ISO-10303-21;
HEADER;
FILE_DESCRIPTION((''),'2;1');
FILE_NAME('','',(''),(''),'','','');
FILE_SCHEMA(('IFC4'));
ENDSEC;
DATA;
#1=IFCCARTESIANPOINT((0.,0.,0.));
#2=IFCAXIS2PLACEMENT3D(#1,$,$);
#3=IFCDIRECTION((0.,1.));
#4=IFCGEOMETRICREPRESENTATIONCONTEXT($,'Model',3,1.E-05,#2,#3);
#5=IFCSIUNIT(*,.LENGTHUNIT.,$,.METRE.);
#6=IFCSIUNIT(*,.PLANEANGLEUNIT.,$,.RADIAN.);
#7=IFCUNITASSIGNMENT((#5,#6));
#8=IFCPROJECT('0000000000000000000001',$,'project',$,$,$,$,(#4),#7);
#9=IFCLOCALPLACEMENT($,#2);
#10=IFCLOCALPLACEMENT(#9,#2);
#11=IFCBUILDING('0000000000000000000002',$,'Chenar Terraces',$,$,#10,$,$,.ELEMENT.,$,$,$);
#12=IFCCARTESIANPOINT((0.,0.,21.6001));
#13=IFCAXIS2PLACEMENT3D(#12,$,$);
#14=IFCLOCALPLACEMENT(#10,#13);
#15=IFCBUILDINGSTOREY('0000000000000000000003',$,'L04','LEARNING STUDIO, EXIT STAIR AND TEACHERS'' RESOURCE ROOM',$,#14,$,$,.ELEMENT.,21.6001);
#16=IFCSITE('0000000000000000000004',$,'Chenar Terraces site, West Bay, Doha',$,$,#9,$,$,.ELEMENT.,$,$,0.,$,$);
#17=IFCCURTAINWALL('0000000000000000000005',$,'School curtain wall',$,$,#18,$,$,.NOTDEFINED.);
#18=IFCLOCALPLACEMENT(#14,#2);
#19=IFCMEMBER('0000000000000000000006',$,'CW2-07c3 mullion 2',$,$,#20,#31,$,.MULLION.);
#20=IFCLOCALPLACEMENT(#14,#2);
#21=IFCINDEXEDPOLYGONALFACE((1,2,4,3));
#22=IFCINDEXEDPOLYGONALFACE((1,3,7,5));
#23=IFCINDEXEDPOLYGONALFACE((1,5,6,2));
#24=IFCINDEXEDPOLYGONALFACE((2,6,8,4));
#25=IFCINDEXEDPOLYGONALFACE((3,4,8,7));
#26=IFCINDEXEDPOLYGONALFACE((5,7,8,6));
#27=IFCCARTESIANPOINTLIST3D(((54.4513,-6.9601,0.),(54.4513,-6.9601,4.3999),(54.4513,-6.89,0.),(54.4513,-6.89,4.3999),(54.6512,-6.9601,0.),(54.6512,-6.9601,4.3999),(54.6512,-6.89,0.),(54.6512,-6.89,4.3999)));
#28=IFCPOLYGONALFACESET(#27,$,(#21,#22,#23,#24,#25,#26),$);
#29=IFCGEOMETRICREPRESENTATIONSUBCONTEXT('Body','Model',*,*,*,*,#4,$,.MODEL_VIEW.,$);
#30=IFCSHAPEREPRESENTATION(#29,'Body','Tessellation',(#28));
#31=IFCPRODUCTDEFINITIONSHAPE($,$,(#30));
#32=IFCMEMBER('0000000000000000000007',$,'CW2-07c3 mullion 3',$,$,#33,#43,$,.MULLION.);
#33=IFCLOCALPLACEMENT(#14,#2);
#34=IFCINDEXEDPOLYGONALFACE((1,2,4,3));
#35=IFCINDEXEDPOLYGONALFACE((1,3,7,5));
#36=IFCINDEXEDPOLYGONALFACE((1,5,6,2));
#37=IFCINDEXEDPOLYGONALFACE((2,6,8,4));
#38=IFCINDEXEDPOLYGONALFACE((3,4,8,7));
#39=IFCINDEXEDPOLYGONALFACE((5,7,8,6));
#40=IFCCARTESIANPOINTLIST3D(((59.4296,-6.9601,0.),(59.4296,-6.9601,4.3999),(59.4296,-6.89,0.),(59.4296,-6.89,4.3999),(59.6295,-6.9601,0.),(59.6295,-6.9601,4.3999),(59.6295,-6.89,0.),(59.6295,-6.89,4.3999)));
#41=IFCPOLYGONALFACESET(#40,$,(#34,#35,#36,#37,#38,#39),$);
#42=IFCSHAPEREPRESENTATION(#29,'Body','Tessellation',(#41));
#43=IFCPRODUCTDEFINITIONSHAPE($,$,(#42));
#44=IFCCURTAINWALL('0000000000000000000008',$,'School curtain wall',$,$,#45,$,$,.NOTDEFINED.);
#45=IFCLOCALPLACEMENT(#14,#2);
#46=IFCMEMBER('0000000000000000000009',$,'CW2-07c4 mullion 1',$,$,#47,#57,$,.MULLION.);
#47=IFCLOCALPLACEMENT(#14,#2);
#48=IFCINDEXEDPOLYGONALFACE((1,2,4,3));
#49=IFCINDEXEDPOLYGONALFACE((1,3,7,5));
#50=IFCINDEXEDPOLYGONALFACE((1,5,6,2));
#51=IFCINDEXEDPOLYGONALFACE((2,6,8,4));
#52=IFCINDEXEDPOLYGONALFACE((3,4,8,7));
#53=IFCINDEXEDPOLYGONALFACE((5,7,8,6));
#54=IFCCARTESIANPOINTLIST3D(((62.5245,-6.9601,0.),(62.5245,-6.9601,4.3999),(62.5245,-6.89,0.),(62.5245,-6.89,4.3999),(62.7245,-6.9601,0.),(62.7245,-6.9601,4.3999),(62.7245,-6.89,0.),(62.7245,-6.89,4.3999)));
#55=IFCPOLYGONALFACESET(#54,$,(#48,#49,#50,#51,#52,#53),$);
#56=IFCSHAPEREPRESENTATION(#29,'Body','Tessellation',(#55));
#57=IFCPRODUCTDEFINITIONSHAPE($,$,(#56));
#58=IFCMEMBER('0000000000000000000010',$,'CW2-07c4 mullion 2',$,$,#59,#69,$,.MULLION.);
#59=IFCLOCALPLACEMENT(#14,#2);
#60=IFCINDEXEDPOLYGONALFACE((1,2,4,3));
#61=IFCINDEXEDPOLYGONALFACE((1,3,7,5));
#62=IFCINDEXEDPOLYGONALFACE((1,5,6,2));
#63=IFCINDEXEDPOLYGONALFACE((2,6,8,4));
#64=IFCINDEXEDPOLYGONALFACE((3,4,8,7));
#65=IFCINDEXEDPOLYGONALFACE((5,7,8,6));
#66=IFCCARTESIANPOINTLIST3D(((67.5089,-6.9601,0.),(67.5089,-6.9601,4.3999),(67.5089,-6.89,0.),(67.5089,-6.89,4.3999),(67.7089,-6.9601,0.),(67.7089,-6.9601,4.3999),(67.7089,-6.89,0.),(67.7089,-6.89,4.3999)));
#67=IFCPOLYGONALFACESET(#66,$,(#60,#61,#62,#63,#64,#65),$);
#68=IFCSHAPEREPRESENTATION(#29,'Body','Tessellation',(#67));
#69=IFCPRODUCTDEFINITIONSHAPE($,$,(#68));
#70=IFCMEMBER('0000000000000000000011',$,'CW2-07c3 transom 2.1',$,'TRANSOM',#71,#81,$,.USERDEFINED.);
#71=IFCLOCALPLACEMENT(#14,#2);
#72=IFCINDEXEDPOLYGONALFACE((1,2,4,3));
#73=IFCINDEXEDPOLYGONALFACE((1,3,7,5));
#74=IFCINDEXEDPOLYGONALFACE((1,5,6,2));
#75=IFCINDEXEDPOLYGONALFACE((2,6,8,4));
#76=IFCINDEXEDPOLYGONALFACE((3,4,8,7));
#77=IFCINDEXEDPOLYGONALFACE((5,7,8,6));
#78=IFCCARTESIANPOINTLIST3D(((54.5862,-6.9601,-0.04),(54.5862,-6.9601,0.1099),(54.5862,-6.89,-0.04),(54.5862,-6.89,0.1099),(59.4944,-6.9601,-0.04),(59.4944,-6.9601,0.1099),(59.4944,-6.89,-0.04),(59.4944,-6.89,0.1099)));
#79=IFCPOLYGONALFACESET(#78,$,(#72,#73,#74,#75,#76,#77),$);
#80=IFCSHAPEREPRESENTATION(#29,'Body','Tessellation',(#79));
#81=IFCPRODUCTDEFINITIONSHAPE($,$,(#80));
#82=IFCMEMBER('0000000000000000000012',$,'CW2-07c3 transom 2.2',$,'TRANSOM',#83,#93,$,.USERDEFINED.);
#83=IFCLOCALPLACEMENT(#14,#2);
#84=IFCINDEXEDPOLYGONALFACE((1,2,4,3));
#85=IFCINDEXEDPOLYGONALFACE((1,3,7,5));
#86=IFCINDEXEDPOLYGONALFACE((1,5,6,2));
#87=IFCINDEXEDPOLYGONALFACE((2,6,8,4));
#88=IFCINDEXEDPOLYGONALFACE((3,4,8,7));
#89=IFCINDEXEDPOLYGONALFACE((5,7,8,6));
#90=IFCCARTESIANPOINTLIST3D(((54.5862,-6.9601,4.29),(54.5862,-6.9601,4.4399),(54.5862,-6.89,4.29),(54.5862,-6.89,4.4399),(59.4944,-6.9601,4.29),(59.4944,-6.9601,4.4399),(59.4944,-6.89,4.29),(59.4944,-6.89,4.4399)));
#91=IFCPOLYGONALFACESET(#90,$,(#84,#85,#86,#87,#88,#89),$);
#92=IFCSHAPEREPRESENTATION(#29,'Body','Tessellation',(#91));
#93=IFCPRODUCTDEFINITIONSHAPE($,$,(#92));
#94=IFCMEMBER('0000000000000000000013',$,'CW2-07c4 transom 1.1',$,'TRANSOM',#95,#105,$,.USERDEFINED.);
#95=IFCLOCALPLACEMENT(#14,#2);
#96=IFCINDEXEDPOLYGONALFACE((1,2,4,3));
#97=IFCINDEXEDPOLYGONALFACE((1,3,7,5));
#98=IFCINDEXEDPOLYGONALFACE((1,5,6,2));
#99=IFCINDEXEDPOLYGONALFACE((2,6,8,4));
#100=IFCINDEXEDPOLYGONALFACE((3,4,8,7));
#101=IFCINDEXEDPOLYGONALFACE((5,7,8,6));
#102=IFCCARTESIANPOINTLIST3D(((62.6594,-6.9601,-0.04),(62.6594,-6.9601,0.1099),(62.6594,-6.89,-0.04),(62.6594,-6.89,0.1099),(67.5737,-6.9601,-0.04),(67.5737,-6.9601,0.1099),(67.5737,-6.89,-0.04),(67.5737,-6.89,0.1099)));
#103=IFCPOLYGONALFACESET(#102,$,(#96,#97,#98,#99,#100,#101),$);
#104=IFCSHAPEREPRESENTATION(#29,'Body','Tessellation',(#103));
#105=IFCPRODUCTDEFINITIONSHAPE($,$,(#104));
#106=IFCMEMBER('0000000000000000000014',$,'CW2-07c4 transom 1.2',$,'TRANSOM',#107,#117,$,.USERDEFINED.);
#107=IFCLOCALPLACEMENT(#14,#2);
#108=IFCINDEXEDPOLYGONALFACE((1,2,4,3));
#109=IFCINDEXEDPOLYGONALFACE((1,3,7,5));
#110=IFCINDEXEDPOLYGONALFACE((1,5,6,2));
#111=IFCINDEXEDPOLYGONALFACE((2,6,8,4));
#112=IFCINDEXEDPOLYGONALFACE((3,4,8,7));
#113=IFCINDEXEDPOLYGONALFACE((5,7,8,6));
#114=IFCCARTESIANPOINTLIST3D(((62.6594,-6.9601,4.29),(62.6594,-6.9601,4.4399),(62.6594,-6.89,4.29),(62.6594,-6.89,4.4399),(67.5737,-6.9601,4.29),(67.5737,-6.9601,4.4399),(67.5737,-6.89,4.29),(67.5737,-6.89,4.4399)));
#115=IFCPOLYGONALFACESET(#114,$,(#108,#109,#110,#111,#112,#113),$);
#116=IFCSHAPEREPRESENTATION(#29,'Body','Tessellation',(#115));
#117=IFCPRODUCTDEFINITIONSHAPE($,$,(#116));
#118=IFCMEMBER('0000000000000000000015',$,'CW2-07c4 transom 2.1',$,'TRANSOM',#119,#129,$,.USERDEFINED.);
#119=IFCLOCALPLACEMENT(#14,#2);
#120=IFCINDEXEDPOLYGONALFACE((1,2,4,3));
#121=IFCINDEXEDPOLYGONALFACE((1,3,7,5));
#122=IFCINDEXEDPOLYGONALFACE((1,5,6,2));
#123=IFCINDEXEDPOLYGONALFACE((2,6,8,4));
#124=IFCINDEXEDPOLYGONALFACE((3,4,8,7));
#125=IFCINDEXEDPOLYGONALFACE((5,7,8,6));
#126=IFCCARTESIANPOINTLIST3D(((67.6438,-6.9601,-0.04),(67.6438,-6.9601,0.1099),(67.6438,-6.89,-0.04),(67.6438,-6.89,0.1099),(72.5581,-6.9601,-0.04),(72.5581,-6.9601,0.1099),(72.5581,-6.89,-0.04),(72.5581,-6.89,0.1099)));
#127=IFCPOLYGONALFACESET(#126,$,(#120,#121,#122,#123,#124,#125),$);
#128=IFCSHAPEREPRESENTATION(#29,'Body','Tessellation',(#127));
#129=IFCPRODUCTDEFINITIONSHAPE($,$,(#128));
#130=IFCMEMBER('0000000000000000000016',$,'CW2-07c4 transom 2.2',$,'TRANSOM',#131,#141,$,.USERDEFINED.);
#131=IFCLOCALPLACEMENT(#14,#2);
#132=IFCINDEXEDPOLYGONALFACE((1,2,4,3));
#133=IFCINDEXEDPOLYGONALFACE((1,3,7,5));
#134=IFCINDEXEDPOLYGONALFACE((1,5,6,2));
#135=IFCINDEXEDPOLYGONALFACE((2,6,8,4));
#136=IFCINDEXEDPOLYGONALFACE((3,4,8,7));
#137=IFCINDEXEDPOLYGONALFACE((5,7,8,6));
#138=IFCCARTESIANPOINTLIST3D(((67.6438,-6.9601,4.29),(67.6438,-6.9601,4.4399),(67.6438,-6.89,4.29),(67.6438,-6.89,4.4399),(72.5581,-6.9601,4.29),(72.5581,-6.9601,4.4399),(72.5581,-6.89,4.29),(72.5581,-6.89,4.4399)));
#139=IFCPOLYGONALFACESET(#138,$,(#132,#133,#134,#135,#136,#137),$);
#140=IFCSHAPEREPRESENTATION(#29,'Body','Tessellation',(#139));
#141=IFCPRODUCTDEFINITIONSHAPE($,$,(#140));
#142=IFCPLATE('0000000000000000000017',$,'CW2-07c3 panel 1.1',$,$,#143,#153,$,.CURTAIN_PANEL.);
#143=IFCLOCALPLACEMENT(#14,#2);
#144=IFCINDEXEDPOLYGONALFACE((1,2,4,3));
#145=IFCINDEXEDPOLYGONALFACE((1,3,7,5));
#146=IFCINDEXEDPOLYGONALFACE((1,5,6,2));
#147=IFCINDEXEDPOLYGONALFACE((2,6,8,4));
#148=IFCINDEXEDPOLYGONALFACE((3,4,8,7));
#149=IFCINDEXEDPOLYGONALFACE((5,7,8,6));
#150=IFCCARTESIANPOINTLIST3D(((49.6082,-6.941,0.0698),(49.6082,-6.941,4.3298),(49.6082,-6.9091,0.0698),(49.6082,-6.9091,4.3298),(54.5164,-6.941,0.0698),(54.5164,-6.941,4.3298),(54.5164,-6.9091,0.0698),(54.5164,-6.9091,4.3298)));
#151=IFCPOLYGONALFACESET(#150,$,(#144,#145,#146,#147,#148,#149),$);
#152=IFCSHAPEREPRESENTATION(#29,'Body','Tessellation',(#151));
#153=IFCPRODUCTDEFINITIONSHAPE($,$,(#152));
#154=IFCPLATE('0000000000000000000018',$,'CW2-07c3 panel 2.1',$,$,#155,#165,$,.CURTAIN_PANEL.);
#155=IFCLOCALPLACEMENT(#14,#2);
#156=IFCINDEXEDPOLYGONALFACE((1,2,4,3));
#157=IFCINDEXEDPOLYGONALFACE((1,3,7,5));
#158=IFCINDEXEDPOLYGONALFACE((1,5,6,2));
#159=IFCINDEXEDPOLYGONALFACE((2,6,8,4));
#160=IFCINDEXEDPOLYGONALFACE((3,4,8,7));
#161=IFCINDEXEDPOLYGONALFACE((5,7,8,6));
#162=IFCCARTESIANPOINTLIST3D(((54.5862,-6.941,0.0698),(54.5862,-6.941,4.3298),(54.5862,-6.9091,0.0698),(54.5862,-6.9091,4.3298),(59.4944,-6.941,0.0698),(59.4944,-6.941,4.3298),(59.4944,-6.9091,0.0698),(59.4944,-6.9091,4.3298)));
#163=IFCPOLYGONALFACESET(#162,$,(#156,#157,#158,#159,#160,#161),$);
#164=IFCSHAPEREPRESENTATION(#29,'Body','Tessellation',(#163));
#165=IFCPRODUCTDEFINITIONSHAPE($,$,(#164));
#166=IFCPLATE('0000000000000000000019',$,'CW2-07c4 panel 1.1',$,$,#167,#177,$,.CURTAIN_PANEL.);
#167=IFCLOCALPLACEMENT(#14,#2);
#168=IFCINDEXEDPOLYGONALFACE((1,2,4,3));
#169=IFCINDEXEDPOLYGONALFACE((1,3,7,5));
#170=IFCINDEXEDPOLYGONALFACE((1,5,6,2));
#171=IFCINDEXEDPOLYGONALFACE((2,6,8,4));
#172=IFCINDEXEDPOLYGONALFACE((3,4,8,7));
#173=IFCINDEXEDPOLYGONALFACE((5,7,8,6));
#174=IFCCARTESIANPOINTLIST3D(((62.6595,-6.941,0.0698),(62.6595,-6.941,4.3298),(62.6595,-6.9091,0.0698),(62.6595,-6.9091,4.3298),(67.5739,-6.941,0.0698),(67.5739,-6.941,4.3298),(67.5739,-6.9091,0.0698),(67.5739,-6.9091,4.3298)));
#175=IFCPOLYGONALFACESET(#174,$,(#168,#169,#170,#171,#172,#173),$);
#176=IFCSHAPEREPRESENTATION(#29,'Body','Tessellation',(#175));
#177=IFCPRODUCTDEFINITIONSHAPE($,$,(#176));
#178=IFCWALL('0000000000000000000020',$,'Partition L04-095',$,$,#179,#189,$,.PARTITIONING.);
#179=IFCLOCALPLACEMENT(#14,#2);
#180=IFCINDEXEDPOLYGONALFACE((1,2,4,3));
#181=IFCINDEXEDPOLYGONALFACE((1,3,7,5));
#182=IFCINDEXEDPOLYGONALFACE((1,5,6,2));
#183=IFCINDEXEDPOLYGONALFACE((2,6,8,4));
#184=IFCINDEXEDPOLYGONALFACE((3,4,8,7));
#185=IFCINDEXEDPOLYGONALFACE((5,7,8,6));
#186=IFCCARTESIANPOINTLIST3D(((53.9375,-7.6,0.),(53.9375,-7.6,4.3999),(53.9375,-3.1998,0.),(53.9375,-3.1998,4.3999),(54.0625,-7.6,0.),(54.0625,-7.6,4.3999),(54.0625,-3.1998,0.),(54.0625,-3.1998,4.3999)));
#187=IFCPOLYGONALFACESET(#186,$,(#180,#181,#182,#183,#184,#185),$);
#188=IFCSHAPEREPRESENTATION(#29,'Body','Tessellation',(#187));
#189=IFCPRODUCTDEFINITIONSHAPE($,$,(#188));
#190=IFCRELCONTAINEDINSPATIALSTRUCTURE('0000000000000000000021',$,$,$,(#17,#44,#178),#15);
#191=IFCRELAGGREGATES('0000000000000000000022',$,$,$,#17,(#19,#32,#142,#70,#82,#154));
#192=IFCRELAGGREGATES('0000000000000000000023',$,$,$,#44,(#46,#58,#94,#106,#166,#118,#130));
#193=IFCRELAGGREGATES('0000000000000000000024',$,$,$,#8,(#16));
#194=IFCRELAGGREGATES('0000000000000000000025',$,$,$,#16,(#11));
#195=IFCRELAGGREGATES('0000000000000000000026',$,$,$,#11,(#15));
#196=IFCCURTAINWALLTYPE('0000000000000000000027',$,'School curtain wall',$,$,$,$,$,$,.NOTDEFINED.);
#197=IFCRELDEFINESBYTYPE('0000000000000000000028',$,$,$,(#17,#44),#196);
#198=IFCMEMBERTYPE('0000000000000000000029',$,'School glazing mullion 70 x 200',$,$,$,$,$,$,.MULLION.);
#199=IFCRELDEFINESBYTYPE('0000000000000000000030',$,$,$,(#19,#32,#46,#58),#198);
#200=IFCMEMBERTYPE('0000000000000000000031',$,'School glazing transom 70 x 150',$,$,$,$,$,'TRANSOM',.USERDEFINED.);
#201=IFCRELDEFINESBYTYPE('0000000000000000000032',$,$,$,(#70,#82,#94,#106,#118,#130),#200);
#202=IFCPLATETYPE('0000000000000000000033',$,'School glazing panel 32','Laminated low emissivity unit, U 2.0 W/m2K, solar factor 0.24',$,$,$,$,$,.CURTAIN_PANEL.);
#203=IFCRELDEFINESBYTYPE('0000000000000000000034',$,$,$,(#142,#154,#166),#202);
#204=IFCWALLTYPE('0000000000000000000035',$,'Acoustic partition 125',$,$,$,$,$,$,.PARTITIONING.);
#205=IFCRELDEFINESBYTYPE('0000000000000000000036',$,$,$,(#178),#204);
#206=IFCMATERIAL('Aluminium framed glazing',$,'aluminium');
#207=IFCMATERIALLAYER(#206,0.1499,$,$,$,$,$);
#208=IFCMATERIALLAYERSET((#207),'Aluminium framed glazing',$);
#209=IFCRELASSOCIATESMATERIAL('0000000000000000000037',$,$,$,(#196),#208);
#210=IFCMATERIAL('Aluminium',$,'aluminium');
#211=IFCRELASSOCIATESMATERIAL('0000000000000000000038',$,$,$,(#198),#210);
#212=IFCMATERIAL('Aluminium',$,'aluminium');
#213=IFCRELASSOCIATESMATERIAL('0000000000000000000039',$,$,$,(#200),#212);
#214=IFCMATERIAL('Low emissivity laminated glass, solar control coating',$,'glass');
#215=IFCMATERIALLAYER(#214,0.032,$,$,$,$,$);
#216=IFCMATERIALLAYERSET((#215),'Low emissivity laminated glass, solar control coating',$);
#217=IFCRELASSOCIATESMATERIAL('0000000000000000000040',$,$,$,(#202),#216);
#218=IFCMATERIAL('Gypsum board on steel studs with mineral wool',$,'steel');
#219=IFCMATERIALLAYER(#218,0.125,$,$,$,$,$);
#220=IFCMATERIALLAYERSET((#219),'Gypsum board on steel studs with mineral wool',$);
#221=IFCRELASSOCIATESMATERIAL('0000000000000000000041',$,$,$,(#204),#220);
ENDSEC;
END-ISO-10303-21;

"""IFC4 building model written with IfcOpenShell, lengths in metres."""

from ifc_helpers import new_model, si_unit, direction, frame, frame_2d, origin, origin_2d, place, context, subcontext, project, spatial, rectangle, extrude, material, layer, layer_set, material_profile, profile_set, type_object, element, aggregate, save


model = new_model("IFC4")

# Units and contexts
model_context = context("Model", 3, precision=1e-05, world=origin(), true_north=direction((0.0, 1.0)))
body_context = subcontext(model_context, "Body", "Model", "MODEL_VIEW")
ifc_project = project(units=[si_unit("LENGTHUNIT", "METRE"), si_unit("PLANEANGLEUNIT", "RADIAN")], contexts=[model_context])

# Site, building, storey
site_placement = place(None, origin())
site = spatial("IfcSite", under=ifc_project, at=site_placement, Name="Chenar Terraces site, West Bay, Doha", CompositionType="ELEMENT", RefElevation=0.0)
building_placement = place(site_placement, origin())
building = spatial("IfcBuilding", under=site, at=building_placement, Name="Chenar Terraces", CompositionType="ELEMENT")
storey_placement = place(building_placement, frame((0.0, 0.0, 21.6001)))
storey = spatial("IfcBuildingStorey", under=building, at=storey_placement, Name="L04", Description="LEARNING STUDIO, EXIT STAIR AND TEACHERS' RESOURCE ROOM", CompositionType="ELEMENT", Elevation=21.6001)

# Curtain walls, members
ifc_material_1 = material(Name="Aluminium framed glazing", Category="aluminium")
ifc_layer_1 = layer(ifc_material_1, 0.1499)
ifc_layer_set_1 = layer_set([ifc_layer_1], Name="Aluminium framed glazing")
curtain_wall_type = type_object("IfcCurtainWallType", Name="School curtain wall", PredefinedType="NOTDEFINED", material=ifc_layer_set_1)
placement = place(storey_placement, origin())
curtain_wall_1 = element("IfcCurtainWall", 1, at=placement, inside=storey, type_object=curtain_wall_type, Name="School curtain wall", PredefinedType="NOTDEFINED")
ifc_material_2 = material(Name="Aluminium", Category="aluminium")
ifc_material_profile_1 = material_profile(ifc_material_2, rectangle(XDim=0.0701, YDim=0.2, at=origin_2d()), Name="School glazing mullion 70 x 200")
ifc_profile_set_1 = profile_set([ifc_material_profile_1], Name="Aluminium")
member_type_1 = type_object("IfcMemberType", Name="School glazing mullion 70 x 200", PredefinedType="MULLION", material=ifc_profile_set_1)
member_1_placement = place(storey_placement, frame((54.5513, -6.925, 0.0), z_axis=(0.0, 0.0, 1.0), x_axis=(0.0, 1.0, 0.0)))
member_1 = element("IfcMember", 2, at=member_1_placement, type_object=member_type_1, Name="CW2-07c3 mullion 2", PredefinedType="MULLION", context=body_context, shape_type="SweptSolid", body=[
    extrude(rectangle(XDim=0.0701, YDim=0.2, at=origin_2d()), origin(), (0.0, 0.0, 1.0), 4.3999),
])
member_2_placement = place(storey_placement, frame((59.5295, -6.925, 0.0), z_axis=(0.0, 0.0, 1.0), x_axis=(0.0, 1.0, 0.0)))
member_2 = element("IfcMember", 3, at=member_2_placement, type_object=member_type_1, Name="CW2-07c3 mullion 3", PredefinedType="MULLION", context=body_context, shape_type="SweptSolid", body=[
    extrude(rectangle(XDim=0.0701, YDim=0.2, at=origin_2d()), origin(), (0.0, 0.0, 1.0), 4.3999),
])
curtain_wall_2 = element("IfcCurtainWall", 4, at=placement, inside=storey, type_object=curtain_wall_type, Name="School curtain wall", PredefinedType="NOTDEFINED")
member_3_placement = place(storey_placement, frame((62.6245, -6.925, 0.0), z_axis=(0.0, 0.0, 1.0), x_axis=(0.0, 1.0, 0.0)))
member_3 = element("IfcMember", 5, at=member_3_placement, type_object=member_type_1, Name="CW2-07c4 mullion 1", PredefinedType="MULLION", context=body_context, shape_type="SweptSolid", body=[
    extrude(rectangle(XDim=0.0701, YDim=0.2, at=origin_2d()), origin(), (0.0, 0.0, 1.0), 4.3999),
])
member_4_placement = place(storey_placement, frame((67.6089, -6.925, 0.0), z_axis=(0.0, 0.0, 1.0), x_axis=(0.0, 1.0, 0.0)))
member_4 = element("IfcMember", 6, at=member_4_placement, type_object=member_type_1, Name="CW2-07c4 mullion 2", PredefinedType="MULLION", context=body_context, shape_type="SweptSolid", body=[
    extrude(rectangle(XDim=0.0701, YDim=0.2, at=origin_2d()), origin(), (0.0, 0.0, 1.0), 4.3999),
])

# Members
ifc_material_3 = material(Name="Aluminium", Category="aluminium")
ifc_material_profile_2 = material_profile(ifc_material_3, rectangle(XDim=0.0701, YDim=0.1499, at=origin_2d()), Name="School glazing transom 70 x 150")
ifc_profile_set_2 = profile_set([ifc_material_profile_2], Name="Aluminium")
member_type_2 = type_object("IfcMemberType", Name="School glazing transom 70 x 150", ElementType="TRANSOM", PredefinedType="USERDEFINED", material=ifc_profile_set_2)
member_5_placement = place(storey_placement, frame((54.5862, -6.925, 0.0349), z_axis=(1.0, 0.0, 0.0), x_axis=(0.0, 1.0, 0.0)))
member_5 = element("IfcMember", 7, at=member_5_placement, type_object=member_type_2, Name="CW2-07c3 transom 2.1", ObjectType="TRANSOM", PredefinedType="USERDEFINED", context=body_context, shape_type="SweptSolid", body=[
    extrude(rectangle(XDim=0.0701, YDim=0.1499, at=origin_2d()), origin(), (0.0, 0.0, 1.0), 4.9082),
])
member_6_placement = place(storey_placement, frame((54.5862, -6.925, 4.365), z_axis=(1.0, 0.0, 0.0), x_axis=(0.0, 1.0, 0.0)))
member_6 = element("IfcMember", 8, at=member_6_placement, type_object=member_type_2, Name="CW2-07c3 transom 2.2", ObjectType="TRANSOM", PredefinedType="USERDEFINED", context=body_context, shape_type="SweptSolid", body=[
    extrude(rectangle(XDim=0.0701, YDim=0.1499, at=origin_2d()), origin(), (0.0, 0.0, 1.0), 4.9082),
])
member_7_placement = place(storey_placement, frame((62.6594, -6.925, 0.0349), z_axis=(1.0, 0.0, 0.0), x_axis=(0.0, 1.0, 0.0)))
member_7 = element("IfcMember", 9, at=member_7_placement, type_object=member_type_2, Name="CW2-07c4 transom 1.1", ObjectType="TRANSOM", PredefinedType="USERDEFINED", context=body_context, shape_type="SweptSolid", body=[
    extrude(rectangle(XDim=0.0701, YDim=0.1499, at=origin_2d()), origin(), (0.0, 0.0, 1.0), 4.9143),
])
member_8_placement = place(storey_placement, frame((62.6594, -6.925, 4.365), z_axis=(1.0, 0.0, 0.0), x_axis=(0.0, 1.0, 0.0)))
member_8 = element("IfcMember", 10, at=member_8_placement, type_object=member_type_2, Name="CW2-07c4 transom 1.2", ObjectType="TRANSOM", PredefinedType="USERDEFINED", context=body_context, shape_type="SweptSolid", body=[
    extrude(rectangle(XDim=0.0701, YDim=0.1499, at=origin_2d()), origin(), (0.0, 0.0, 1.0), 4.9143),
])
member_9_placement = place(storey_placement, frame((67.6438, -6.925, 0.0349), z_axis=(1.0, 0.0, 0.0), x_axis=(0.0, 1.0, 0.0)))
member_9 = element("IfcMember", 11, at=member_9_placement, type_object=member_type_2, Name="CW2-07c4 transom 2.1", ObjectType="TRANSOM", PredefinedType="USERDEFINED", context=body_context, shape_type="SweptSolid", body=[
    extrude(rectangle(XDim=0.0701, YDim=0.1499, at=origin_2d()), origin(), (0.0, 0.0, 1.0), 4.9143),
])
member_10_placement = place(storey_placement, frame((67.6438, -6.925, 4.365), z_axis=(1.0, 0.0, 0.0), x_axis=(0.0, 1.0, 0.0)))
member_10 = element("IfcMember", 12, at=member_10_placement, type_object=member_type_2, Name="CW2-07c4 transom 2.2", ObjectType="TRANSOM", PredefinedType="USERDEFINED", context=body_context, shape_type="SweptSolid", body=[
    extrude(rectangle(XDim=0.0701, YDim=0.1499, at=origin_2d()), origin(), (0.0, 0.0, 1.0), 4.9143),
])

# Plates
ifc_material_4 = material(Name="Low emissivity laminated glass, solar control coating", Category="glass")
ifc_layer_2 = layer(ifc_material_4, 0.032)
ifc_layer_set_2 = layer_set([ifc_layer_2], Name="Low emissivity laminated glass, solar control coating")
plate_type = type_object("IfcPlateType", Name="School glazing panel 32", Description="Laminated low emissivity unit, U 2.0 W/m2K, solar factor 0.24", PredefinedType="CURTAIN_PANEL", material=ifc_layer_set_2)
plate_1_placement = place(storey_placement, frame((52.0623, -6.925, 0.0698), z_axis=(0.0, 0.0, 1.0), x_axis=(1.0, 0.0, 0.0)))
plate_1 = element("IfcPlate", 13, at=plate_1_placement, type_object=plate_type, Name="CW2-07c3 panel 1.1", PredefinedType="CURTAIN_PANEL", context=body_context, shape_type="SweptSolid", body=[
    extrude(rectangle(XDim=4.9082, YDim=0.032, at=origin_2d()), origin(), (0.0, 0.0, 1.0), 4.26),
])
plate_2_placement = place(storey_placement, frame((57.0403, -6.925, 0.0698), z_axis=(0.0, 0.0, 1.0), x_axis=(1.0, 0.0, 0.0)))
plate_2 = element("IfcPlate", 14, at=plate_2_placement, type_object=plate_type, Name="CW2-07c3 panel 2.1", PredefinedType="CURTAIN_PANEL", context=body_context, shape_type="SweptSolid", body=[
    extrude(rectangle(XDim=4.9082, YDim=0.032, at=origin_2d()), origin(), (0.0, 0.0, 1.0), 4.26),
])
aggregate(curtain_wall_1, [member_1, member_2, plate_1, member_5, member_6, plate_2])
plate_3_placement = place(storey_placement, frame((65.1167, -6.925, 0.0698), z_axis=(0.0, 0.0, 1.0), x_axis=(1.0, 0.0, 0.0)))
plate_3 = element("IfcPlate", 15, at=plate_3_placement, type_object=plate_type, Name="CW2-07c4 panel 1.1", PredefinedType="CURTAIN_PANEL", context=body_context, shape_type="SweptSolid", body=[
    extrude(rectangle(XDim=4.9143, YDim=0.032, at=origin_2d()), origin(), (0.0, 0.0, 1.0), 4.26),
])
aggregate(curtain_wall_2, [member_3, member_4, member_7, member_8, plate_3, member_9, member_10])

# Wall
ifc_material_5 = material(Name="Gypsum board on steel studs with mineral wool", Category="steel")
ifc_layer_3 = layer(ifc_material_5, 0.125)
ifc_layer_set_3 = layer_set([ifc_layer_3], Name="Gypsum board on steel studs with mineral wool")
wall_type_1 = type_object("IfcWallType", Name="Acoustic partition 125", PredefinedType="PARTITIONING", material=ifc_layer_set_3)
for number, where, z_axis, x_axis, name in (
    (16, (54.0, -7.6001, 0.0), (0.0, 0.0, 1.0), (0.0, 1.0, 0.0), "Partition L04-095"),
):
    element("IfcWall", number, at=place(storey_placement, frame(where, z_axis=z_axis, x_axis=x_axis)), inside=storey, type_object=wall_type_1, Name=name, PredefinedType="PARTITIONING", context=body_context, shape_type="SweptSolid", body=[
        extrude(rectangle(XDim=4.4001, YDim=0.125, at=frame_2d((2.2002, 0.0))), origin(), (0.0, 0.0, 1.0), 4.3999),
    ])

save(model, "model.ifc")
